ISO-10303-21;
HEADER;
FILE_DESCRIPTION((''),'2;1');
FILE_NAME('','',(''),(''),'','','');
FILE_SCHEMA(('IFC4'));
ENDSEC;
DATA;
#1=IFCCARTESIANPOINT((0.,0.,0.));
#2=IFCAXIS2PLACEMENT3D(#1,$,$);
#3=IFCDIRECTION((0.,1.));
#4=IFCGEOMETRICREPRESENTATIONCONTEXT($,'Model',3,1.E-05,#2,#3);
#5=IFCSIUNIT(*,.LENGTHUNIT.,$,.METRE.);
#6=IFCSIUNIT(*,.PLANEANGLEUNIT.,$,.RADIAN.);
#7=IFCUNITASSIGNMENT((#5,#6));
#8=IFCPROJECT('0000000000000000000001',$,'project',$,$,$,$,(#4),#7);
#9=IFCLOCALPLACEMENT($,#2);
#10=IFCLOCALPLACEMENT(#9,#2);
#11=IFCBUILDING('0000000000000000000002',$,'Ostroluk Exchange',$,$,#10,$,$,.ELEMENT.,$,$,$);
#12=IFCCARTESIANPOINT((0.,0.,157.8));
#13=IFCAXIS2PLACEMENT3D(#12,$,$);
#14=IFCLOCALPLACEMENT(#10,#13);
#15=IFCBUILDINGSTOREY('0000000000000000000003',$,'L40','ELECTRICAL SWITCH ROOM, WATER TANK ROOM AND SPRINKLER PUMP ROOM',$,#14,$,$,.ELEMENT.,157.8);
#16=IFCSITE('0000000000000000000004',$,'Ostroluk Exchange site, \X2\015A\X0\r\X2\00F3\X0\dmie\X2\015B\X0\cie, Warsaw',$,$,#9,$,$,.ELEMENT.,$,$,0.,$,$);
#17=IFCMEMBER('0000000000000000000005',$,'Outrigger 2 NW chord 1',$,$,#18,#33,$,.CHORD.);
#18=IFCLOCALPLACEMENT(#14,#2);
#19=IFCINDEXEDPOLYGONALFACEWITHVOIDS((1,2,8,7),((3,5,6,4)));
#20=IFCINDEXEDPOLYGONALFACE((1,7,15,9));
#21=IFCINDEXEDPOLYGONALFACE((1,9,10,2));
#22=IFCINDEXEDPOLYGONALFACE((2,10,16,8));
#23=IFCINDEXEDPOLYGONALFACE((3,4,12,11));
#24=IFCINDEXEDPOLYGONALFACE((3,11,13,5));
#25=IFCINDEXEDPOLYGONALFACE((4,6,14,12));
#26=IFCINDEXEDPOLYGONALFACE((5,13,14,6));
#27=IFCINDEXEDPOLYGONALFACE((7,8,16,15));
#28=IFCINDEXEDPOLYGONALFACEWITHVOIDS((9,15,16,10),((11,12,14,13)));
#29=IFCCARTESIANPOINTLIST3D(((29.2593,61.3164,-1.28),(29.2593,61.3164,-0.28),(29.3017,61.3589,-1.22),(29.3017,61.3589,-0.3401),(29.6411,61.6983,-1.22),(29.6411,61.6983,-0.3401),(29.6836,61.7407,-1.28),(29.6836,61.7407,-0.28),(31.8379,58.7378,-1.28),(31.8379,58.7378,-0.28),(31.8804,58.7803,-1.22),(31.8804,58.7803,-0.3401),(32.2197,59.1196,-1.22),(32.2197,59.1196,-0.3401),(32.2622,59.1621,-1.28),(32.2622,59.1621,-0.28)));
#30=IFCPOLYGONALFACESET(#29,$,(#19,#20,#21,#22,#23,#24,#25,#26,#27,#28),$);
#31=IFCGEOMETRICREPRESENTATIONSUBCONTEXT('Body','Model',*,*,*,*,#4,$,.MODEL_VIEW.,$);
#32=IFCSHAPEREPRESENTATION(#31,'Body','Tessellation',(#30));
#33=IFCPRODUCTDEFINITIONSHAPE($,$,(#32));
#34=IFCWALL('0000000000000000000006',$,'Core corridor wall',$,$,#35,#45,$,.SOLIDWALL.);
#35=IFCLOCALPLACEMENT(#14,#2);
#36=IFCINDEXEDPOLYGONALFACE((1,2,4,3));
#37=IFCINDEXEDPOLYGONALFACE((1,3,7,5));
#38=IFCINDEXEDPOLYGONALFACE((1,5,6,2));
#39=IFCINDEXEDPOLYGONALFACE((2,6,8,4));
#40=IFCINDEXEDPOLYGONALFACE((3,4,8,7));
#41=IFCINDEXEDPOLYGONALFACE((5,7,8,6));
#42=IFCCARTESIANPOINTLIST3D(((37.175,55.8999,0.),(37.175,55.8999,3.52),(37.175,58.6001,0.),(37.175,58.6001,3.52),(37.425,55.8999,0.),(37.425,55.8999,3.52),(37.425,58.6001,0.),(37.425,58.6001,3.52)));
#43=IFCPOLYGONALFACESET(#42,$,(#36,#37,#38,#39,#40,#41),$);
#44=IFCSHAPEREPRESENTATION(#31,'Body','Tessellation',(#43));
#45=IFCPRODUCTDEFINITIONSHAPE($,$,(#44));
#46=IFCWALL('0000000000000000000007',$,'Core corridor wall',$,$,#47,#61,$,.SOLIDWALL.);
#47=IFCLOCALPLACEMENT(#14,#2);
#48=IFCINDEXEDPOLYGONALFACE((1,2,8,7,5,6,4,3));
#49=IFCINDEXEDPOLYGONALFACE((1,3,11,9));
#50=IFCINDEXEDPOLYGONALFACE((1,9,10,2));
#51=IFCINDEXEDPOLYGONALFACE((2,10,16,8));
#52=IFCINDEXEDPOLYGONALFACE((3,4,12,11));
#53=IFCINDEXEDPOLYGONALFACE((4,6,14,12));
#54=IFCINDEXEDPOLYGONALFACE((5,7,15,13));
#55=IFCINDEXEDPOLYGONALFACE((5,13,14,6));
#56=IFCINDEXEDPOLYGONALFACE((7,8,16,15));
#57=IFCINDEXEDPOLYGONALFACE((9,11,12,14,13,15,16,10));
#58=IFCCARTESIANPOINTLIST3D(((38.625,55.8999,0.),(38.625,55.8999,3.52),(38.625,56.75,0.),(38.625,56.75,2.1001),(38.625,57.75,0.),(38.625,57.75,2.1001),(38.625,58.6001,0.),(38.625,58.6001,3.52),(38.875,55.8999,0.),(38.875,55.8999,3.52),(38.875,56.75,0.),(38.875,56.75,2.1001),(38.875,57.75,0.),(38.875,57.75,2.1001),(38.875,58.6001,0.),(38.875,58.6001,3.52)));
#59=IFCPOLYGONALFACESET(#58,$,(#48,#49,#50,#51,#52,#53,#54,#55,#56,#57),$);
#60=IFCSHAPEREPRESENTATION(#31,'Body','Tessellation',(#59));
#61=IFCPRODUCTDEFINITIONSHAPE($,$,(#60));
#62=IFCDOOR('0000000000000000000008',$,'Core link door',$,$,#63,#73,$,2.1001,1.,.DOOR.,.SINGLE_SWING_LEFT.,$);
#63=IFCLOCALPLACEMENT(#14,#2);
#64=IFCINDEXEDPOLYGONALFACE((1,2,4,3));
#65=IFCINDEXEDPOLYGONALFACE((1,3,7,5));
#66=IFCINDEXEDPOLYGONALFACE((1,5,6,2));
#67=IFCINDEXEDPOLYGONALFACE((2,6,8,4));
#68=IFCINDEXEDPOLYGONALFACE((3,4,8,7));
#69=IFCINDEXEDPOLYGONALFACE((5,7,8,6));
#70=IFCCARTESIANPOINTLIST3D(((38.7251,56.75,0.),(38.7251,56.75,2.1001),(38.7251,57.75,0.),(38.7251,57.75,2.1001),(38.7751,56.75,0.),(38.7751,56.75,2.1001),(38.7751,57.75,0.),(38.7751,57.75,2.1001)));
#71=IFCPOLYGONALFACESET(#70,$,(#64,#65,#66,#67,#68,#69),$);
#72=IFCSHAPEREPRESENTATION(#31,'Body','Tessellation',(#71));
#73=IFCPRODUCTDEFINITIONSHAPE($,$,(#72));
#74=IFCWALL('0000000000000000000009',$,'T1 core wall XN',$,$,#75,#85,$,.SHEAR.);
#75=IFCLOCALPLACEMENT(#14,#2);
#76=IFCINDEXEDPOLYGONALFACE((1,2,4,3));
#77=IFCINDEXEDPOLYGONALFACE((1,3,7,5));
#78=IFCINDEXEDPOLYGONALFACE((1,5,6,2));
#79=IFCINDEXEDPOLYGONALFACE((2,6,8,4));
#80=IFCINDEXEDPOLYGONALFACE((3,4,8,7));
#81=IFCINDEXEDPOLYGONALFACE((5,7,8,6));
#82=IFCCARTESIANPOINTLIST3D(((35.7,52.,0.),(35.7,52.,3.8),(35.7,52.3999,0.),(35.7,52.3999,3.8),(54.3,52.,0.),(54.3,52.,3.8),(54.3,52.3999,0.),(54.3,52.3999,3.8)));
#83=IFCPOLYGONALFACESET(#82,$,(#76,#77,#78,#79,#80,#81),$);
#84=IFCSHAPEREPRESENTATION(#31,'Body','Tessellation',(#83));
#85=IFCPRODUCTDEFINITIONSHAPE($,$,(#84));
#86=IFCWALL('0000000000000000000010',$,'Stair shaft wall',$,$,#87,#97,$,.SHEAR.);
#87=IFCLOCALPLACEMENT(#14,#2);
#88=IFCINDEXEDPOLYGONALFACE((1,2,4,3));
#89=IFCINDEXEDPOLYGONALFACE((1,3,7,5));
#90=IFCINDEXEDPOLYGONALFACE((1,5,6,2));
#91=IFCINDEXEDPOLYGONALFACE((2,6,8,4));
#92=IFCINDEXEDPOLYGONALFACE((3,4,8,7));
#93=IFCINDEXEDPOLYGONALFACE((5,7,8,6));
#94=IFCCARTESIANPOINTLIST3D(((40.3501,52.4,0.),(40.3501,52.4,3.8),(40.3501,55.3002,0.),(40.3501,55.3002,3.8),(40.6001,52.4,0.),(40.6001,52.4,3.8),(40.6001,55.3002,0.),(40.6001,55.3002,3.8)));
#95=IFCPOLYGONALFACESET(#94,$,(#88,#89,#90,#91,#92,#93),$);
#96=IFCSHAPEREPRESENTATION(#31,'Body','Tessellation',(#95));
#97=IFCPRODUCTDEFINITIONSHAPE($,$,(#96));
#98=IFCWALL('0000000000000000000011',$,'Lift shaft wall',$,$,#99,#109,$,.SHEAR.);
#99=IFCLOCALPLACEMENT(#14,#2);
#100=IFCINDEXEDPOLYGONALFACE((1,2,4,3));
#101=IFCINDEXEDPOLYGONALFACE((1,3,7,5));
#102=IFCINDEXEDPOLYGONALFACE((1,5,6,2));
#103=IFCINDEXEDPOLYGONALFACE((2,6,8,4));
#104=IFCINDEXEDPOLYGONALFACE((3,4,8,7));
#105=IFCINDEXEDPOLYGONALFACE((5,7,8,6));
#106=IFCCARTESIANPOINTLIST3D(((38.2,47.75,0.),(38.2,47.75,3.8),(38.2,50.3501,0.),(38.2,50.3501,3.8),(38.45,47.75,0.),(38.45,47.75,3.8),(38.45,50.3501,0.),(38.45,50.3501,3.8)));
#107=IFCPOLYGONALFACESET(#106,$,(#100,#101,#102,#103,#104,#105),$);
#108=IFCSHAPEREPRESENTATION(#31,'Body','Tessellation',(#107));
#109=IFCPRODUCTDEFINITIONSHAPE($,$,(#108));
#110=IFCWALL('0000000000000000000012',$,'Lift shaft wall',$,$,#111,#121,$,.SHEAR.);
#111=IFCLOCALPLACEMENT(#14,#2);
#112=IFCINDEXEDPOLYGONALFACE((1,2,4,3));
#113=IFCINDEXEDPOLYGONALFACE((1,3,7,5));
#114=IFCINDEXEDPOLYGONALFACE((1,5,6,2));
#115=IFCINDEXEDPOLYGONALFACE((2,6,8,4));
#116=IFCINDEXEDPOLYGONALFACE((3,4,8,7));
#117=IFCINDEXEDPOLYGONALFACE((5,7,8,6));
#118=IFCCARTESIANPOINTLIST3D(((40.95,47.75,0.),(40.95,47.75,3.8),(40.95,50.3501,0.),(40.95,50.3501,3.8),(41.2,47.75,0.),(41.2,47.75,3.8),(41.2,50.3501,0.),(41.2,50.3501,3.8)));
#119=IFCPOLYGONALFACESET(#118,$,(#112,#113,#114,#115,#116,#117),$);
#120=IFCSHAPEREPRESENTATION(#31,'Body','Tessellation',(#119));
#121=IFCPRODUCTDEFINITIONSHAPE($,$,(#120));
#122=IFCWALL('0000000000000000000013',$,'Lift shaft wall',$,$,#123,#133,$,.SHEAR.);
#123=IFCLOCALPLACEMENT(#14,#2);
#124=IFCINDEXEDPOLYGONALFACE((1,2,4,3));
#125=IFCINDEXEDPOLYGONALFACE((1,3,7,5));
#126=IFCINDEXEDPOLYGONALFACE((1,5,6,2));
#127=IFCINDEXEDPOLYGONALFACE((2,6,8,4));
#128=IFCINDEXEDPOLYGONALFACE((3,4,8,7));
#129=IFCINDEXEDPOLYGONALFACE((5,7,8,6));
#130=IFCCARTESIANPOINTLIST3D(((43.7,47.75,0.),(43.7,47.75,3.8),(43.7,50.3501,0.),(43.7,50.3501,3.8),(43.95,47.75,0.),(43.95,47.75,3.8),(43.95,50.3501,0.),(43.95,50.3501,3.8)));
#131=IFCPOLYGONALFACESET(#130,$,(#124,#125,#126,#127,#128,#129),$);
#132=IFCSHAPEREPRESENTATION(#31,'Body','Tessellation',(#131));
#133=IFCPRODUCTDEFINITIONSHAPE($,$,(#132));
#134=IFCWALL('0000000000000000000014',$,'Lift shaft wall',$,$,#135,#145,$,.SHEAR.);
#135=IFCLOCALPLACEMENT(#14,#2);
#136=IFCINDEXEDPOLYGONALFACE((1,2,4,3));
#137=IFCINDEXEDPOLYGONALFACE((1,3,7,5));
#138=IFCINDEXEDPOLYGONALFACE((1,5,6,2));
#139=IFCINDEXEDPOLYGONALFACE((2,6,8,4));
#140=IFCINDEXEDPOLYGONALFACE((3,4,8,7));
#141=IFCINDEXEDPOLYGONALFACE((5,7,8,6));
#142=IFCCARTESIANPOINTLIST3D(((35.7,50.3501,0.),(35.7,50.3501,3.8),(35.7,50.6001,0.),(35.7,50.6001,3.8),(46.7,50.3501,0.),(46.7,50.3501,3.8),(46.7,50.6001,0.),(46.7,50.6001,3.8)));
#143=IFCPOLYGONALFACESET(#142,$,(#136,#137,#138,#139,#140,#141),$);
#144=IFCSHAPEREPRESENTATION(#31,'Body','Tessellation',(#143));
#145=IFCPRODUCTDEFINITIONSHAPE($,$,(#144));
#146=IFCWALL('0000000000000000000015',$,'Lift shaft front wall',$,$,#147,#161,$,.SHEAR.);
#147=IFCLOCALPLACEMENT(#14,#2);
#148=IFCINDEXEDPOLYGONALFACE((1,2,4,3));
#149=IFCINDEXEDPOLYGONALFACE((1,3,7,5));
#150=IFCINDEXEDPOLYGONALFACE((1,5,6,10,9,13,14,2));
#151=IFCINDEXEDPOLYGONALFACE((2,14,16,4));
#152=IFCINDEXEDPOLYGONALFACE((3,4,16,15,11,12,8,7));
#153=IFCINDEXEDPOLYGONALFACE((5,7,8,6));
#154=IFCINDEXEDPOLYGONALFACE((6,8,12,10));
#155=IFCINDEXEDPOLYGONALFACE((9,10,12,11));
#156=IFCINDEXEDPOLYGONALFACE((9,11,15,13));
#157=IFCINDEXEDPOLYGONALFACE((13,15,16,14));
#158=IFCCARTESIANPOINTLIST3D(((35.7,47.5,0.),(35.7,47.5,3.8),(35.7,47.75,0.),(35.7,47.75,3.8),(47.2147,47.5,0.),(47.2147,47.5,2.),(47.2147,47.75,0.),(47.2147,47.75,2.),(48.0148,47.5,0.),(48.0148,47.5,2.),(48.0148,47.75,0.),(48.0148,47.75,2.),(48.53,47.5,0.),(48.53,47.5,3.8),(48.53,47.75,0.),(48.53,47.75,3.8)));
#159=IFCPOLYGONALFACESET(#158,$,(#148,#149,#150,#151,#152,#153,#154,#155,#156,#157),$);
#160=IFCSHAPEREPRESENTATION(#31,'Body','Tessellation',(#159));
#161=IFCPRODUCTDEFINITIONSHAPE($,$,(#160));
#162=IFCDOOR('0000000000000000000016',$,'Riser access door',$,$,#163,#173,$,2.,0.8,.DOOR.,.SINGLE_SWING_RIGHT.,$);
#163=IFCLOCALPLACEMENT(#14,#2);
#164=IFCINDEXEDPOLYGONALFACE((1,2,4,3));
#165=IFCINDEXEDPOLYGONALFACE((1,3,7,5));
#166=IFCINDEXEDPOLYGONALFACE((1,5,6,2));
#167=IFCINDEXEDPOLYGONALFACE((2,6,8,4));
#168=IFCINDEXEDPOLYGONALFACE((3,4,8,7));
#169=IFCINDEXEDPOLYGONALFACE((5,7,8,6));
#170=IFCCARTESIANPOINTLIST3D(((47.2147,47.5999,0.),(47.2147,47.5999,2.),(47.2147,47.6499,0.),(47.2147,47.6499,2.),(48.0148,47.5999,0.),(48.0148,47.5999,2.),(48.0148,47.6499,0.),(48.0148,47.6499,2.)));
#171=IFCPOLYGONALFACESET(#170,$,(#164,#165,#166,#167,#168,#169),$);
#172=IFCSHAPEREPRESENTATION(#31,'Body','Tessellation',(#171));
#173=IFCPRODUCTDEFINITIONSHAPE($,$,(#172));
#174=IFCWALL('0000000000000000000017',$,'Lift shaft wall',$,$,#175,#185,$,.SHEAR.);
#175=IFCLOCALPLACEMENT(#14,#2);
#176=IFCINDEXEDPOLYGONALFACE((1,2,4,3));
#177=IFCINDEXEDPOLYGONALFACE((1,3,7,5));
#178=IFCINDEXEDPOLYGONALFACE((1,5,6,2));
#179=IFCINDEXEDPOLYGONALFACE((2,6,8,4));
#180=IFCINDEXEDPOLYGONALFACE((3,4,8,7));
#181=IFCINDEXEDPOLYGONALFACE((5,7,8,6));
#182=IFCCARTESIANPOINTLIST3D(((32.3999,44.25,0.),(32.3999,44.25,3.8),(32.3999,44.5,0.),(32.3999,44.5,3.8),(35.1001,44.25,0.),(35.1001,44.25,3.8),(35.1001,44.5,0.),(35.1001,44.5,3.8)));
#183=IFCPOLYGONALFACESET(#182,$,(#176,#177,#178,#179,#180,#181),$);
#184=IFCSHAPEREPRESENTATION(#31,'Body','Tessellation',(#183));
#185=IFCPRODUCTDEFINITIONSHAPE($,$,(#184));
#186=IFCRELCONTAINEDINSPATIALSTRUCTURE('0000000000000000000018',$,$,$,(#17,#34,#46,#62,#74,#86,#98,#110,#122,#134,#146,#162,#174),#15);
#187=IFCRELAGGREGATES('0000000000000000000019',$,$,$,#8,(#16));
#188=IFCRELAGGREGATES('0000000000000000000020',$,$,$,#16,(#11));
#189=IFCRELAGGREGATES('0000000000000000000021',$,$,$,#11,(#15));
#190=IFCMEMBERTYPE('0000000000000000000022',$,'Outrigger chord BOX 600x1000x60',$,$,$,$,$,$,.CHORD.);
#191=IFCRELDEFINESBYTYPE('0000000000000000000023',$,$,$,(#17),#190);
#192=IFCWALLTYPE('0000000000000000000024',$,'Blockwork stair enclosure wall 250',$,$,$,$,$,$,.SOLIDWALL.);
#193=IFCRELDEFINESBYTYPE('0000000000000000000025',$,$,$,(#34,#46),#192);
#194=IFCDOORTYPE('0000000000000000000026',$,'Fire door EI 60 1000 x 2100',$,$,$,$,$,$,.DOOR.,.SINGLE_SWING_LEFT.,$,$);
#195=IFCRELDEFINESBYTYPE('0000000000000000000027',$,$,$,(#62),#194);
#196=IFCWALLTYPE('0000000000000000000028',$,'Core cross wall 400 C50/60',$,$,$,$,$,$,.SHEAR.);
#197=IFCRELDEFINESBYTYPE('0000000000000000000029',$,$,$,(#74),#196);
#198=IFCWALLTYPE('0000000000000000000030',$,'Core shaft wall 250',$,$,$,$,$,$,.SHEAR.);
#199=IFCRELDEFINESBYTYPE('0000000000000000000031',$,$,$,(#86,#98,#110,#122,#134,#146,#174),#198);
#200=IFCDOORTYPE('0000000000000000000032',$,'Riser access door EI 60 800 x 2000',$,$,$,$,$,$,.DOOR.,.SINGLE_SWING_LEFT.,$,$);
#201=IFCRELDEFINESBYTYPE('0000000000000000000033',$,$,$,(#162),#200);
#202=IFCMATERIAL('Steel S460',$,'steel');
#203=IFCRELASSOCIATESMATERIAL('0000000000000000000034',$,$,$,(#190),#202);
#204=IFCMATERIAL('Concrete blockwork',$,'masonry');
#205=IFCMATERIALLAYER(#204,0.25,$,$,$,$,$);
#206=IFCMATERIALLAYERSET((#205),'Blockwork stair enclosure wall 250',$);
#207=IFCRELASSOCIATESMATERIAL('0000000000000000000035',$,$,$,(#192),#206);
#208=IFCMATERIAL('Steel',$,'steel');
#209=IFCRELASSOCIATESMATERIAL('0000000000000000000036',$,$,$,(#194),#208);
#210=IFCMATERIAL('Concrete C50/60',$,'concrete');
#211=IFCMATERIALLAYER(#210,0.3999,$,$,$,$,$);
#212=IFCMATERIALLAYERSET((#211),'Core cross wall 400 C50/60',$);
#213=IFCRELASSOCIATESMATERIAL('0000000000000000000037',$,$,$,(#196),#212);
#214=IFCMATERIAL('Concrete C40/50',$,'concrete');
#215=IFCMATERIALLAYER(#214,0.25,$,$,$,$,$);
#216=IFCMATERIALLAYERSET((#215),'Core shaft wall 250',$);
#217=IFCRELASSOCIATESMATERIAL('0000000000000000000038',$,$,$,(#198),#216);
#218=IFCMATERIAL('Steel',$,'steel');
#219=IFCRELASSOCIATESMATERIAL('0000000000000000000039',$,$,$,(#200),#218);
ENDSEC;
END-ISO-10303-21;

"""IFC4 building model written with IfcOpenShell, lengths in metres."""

from ifc_helpers import new_model, si_unit, direction, frame, frame_2d, origin, origin_2d, place, context, subcontext, project, spatial, rectangle, hollow_rectangle, extrude, material, layer, layer_set, material_profile, profile_set, type_object, element, fill, save


model = new_model("IFC4")

# Units and contexts
model_context = context("Model", 3, precision=1e-05, world=origin(), true_north=direction((0.0, 1.0)))
body_context = subcontext(model_context, "Body", "Model", "MODEL_VIEW")
ifc_project = project(units=[si_unit("LENGTHUNIT", "METRE"), si_unit("PLANEANGLEUNIT", "RADIAN")], contexts=[model_context])

# Site, building, storey
site_placement = place(None, origin())
site = spatial("IfcSite", under=ifc_project, at=site_placement, Name="Ostroluk Exchange site, Śródmieście, Warsaw", CompositionType="ELEMENT", RefElevation=0.0)
building_placement = place(site_placement, origin())
building = spatial("IfcBuilding", under=site, at=building_placement, Name="Ostroluk Exchange", CompositionType="ELEMENT")
storey_placement = place(building_placement, frame((0.0, 0.0, 157.8)))
storey = spatial("IfcBuildingStorey", under=building, at=storey_placement, Name="L40", Description="ELECTRICAL SWITCH ROOM, WATER TANK ROOM AND SPRINKLER PUMP ROOM", CompositionType="ELEMENT", Elevation=157.8)

# Member
ifc_material_1 = material(Name="Steel S460", Category="steel")
ifc_material_profile_1 = material_profile(ifc_material_1, hollow_rectangle(XDim=0.6001, YDim=1.0, WallThickness=0.0601, at=origin_2d()), Name="BOX 600x1000x60")
ifc_profile_set_1 = profile_set([ifc_material_profile_1], Name="Steel S460")
member_type = type_object("IfcMemberType", Name="Outrigger chord BOX 600x1000x60", PredefinedType="CHORD", material=ifc_profile_set_1)
member_placement = place(storey_placement, frame((32.05, 58.95, -0.78), z_axis=(-0.707107, 0.707107, 0.0), x_axis=(-0.707107, -0.707107, 0.0)))
element("IfcMember", 1, at=member_placement, inside=storey, type_object=member_type, Name="Outrigger 2 NW chord 1", PredefinedType="CHORD", context=body_context, shape_type="SweptSolid", body=[
    extrude(hollow_rectangle(XDim=0.6001, YDim=1.0, WallThickness=0.0601, at=origin_2d()), origin(), (0.0, 0.0, 1.0), 3.6467),
])

# Wall
ifc_material_2 = material(Name="Concrete blockwork", Category="masonry")
ifc_layer_1 = layer(ifc_material_2, 0.25)
ifc_layer_set_1 = layer_set([ifc_layer_1], Name="Blockwork stair enclosure wall 250")
wall_type_1 = type_object("IfcWallType", Name="Blockwork stair enclosure wall 250", PredefinedType="SOLIDWALL", material=ifc_layer_set_1)
wall_1_placement = place(storey_placement, frame((37.3, 55.8999, 0.0), z_axis=(0.0, 0.0, 1.0), x_axis=(0.0, 1.0, 0.0)))
element("IfcWall", 2, at=wall_1_placement, inside=storey, type_object=wall_type_1, Name="Core corridor wall", PredefinedType="SOLIDWALL", context=body_context, shape_type="SweptSolid", body=[
    extrude(rectangle(XDim=2.7002, YDim=0.25, at=frame_2d((1.3501, 0.0))), origin(), (0.0, 0.0, 1.0), 3.52),
])

# Wall, opening, door
wall_2_placement = place(storey_placement, frame((38.75, 55.8999, 0.0), z_axis=(0.0, 0.0, 1.0), x_axis=(0.0, 1.0, 0.0)))
wall_2 = element("IfcWall", 3, at=wall_2_placement, inside=storey, type_object=wall_type_1, Name="Core corridor wall", PredefinedType="SOLIDWALL", context=body_context, shape_type="SweptSolid", body=[
    extrude(rectangle(XDim=2.7002, YDim=0.25, at=frame_2d((1.3501, 0.0))), origin(), (0.0, 0.0, 1.0), 3.52),
])
opening_1_placement = place(wall_2_placement, frame((0.8501, 0.0, 0.0)))
opening_1 = element("IfcOpeningElement", 4, at=opening_1_placement, cuts=wall_2, PredefinedType="OPENING", context=body_context, shape_type="SweptSolid", body=[
    extrude(rectangle(XDim=1.0, YDim=2.1001, at=frame_2d((0.5, 1.05))), frame((0.0, 0.135, 0.0), z_axis=(0.0, -1.0, 0.0), x_axis=(1.0, 0.0, 0.0)), (0.0, 0.0, 1.0), 0.27),
])
ifc_material_3 = material(Name="Steel", Category="steel")
door_type_1 = type_object("IfcDoorType", Name="Fire door EI 60 1000 x 2100", OperationType="SINGLE_SWING_LEFT", PredefinedType="DOOR", material=ifc_material_3)
door_1_placement = place(opening_1_placement, origin())
door_1 = element("IfcDoor", 5, at=door_1_placement, inside=storey, type_object=door_type_1, Name="Core link door", OperationType="SINGLE_SWING_LEFT", OverallHeight=2.1001, OverallWidth=1.0, PredefinedType="DOOR", context=body_context, shape_type="SweptSolid", body=[
    extrude(rectangle(XDim=1.0, YDim=2.1001, at=frame_2d((0.5, 1.05))), frame((0.0, 0.0249, 0.0), z_axis=(0.0, -1.0, 0.0), x_axis=(1.0, 0.0, 0.0)), (0.0, 0.0, 1.0), 0.05),
])
fill(opening_1, door_1)

# Walls
ifc_material_4 = material(Name="Concrete C50/60", Category="concrete")
ifc_layer_2 = layer(ifc_material_4, 0.3999)
ifc_layer_set_2 = layer_set([ifc_layer_2], Name="Core cross wall 400 C50/60")
wall_type_2 = type_object("IfcWallType", Name="Core cross wall 400 C50/60", PredefinedType="SHEAR", material=ifc_layer_set_2)
wall_3_placement = place(storey_placement, frame((35.7, 52.2, 0.0), z_axis=(0.0, 0.0, 1.0), x_axis=(1.0, 0.0, 0.0)))
element("IfcWall", 6, at=wall_3_placement, inside=storey, type_object=wall_type_2, Name="T1 core wall XN", PredefinedType="SHEAR", context=body_context, shape_type="SweptSolid", body=[
    extrude(rectangle(XDim=18.6001, YDim=0.3999, at=frame_2d((9.3, 0.0))), origin(), (0.0, 0.0, 1.0), 3.8),
])
ifc_material_5 = material(Name="Concrete C40/50", Category="concrete")
ifc_layer_3 = layer(ifc_material_5, 0.25)
ifc_layer_set_3 = layer_set([ifc_layer_3], Name="Core shaft wall 250")
wall_type_3 = type_object("IfcWallType", Name="Core shaft wall 250", PredefinedType="SHEAR", material=ifc_layer_set_3)
wall_4_placement = place(storey_placement, frame((40.4751, 52.3999, 0.0), z_axis=(0.0, 0.0, 1.0), x_axis=(0.0, 1.0, 0.0)))
element("IfcWall", 7, at=wall_4_placement, inside=storey, type_object=wall_type_3, Name="Stair shaft wall", PredefinedType="SHEAR", context=body_context, shape_type="SweptSolid", body=[
    extrude(rectangle(XDim=2.9001, YDim=0.25, at=frame_2d((1.4502, 0.0))), origin(), (0.0, 0.0, 1.0), 3.8),
])
for number, where, z_axis, x_axis, name in (
    (8, (38.325, 47.75, 0.0), (0.0, 0.0, 1.0), (0.0, 1.0, 0.0), "Lift shaft wall"),
    (9, (41.075, 47.75, 0.0), (0.0, 0.0, 1.0), (0.0, 1.0, 0.0), "Lift shaft wall"),
    (10, (43.825, 47.75, 0.0), (0.0, 0.0, 1.0), (0.0, 1.0, 0.0), "Lift shaft wall"),
):
    element("IfcWall", number, at=place(storey_placement, frame(where, z_axis=z_axis, x_axis=x_axis)), inside=storey, type_object=wall_type_3, Name=name, PredefinedType="SHEAR", context=body_context, shape_type="SweptSolid", body=[
        extrude(rectangle(XDim=2.6001, YDim=0.25, at=frame_2d((1.3, 0.0))), origin(), (0.0, 0.0, 1.0), 3.8),
    ])
wall_5_placement = place(storey_placement, frame((35.7, 50.4751, 0.0), z_axis=(0.0, 0.0, 1.0), x_axis=(1.0, 0.0, 0.0)))
element("IfcWall", 11, at=wall_5_placement, inside=storey, type_object=wall_type_3, Name="Lift shaft wall", PredefinedType="SHEAR", context=body_context, shape_type="SweptSolid", body=[
    extrude(rectangle(XDim=11.0, YDim=0.25, at=frame_2d((5.5, 0.0))), origin(), (0.0, 0.0, 1.0), 3.8),
])

# Wall, opening, door
wall_6_placement = place(storey_placement, frame((35.7, 47.625, 0.0), z_axis=(0.0, 0.0, 1.0), x_axis=(1.0, 0.0, 0.0)))
wall_6 = element("IfcWall", 12, at=wall_6_placement, inside=storey, type_object=wall_type_3, Name="Lift shaft front wall", PredefinedType="SHEAR", context=body_context, shape_type="SweptSolid", body=[
    extrude(rectangle(XDim=12.8301, YDim=0.25, at=frame_2d((6.415, 0.0))), origin(), (0.0, 0.0, 1.0), 3.8),
])
opening_2_placement = place(wall_6_placement, frame((11.5149, 0.0, 0.0)))
opening_2 = element("IfcOpeningElement", 13, at=opening_2_placement, cuts=wall_6, PredefinedType="OPENING", context=body_context, shape_type="SweptSolid", body=[
    extrude(rectangle(XDim=0.8, YDim=2.0, at=frame_2d((0.3999, 1.0))), frame((0.0, 0.135, 0.0), z_axis=(0.0, -1.0, 0.0), x_axis=(1.0, 0.0, 0.0)), (0.0, 0.0, 1.0), 0.27),
])
ifc_material_6 = material(Name="Steel", Category="steel")
door_type_2 = type_object("IfcDoorType", Name="Riser access door EI 60 800 x 2000", OperationType="SINGLE_SWING_LEFT", PredefinedType="DOOR", material=ifc_material_6)
door_2_placement = place(opening_2_placement, origin())
door_2 = element("IfcDoor", 14, at=door_2_placement, inside=storey, type_object=door_type_2, Name="Riser access door", OperationType="SINGLE_SWING_RIGHT", OverallHeight=2.0, OverallWidth=0.8, PredefinedType="DOOR", context=body_context, shape_type="SweptSolid", body=[
    extrude(rectangle(XDim=0.8, YDim=2.0, at=frame_2d((0.3999, 1.0))), frame((0.0, 0.0249, 0.0), z_axis=(0.0, -1.0, 0.0), x_axis=(1.0, 0.0, 0.0)), (0.0, 0.0, 1.0), 0.05),
])
fill(opening_2, door_2)

# Wall
for number, where, z_axis, x_axis, name in (
    (15, (32.3999, 44.375, 0.0), (0.0, 0.0, 1.0), (1.0, 0.0, 0.0), "Lift shaft wall"),
):
    element("IfcWall", number, at=place(storey_placement, frame(where, z_axis=z_axis, x_axis=x_axis)), inside=storey, type_object=wall_type_3, Name=name, PredefinedType="SHEAR", context=body_context, shape_type="SweptSolid", body=[
        extrude(rectangle(XDim=2.7002, YDim=0.25, at=frame_2d((1.3501, 0.0))), origin(), (0.0, 0.0, 1.0), 3.8),
    ])

save(model, "model.ifc")
